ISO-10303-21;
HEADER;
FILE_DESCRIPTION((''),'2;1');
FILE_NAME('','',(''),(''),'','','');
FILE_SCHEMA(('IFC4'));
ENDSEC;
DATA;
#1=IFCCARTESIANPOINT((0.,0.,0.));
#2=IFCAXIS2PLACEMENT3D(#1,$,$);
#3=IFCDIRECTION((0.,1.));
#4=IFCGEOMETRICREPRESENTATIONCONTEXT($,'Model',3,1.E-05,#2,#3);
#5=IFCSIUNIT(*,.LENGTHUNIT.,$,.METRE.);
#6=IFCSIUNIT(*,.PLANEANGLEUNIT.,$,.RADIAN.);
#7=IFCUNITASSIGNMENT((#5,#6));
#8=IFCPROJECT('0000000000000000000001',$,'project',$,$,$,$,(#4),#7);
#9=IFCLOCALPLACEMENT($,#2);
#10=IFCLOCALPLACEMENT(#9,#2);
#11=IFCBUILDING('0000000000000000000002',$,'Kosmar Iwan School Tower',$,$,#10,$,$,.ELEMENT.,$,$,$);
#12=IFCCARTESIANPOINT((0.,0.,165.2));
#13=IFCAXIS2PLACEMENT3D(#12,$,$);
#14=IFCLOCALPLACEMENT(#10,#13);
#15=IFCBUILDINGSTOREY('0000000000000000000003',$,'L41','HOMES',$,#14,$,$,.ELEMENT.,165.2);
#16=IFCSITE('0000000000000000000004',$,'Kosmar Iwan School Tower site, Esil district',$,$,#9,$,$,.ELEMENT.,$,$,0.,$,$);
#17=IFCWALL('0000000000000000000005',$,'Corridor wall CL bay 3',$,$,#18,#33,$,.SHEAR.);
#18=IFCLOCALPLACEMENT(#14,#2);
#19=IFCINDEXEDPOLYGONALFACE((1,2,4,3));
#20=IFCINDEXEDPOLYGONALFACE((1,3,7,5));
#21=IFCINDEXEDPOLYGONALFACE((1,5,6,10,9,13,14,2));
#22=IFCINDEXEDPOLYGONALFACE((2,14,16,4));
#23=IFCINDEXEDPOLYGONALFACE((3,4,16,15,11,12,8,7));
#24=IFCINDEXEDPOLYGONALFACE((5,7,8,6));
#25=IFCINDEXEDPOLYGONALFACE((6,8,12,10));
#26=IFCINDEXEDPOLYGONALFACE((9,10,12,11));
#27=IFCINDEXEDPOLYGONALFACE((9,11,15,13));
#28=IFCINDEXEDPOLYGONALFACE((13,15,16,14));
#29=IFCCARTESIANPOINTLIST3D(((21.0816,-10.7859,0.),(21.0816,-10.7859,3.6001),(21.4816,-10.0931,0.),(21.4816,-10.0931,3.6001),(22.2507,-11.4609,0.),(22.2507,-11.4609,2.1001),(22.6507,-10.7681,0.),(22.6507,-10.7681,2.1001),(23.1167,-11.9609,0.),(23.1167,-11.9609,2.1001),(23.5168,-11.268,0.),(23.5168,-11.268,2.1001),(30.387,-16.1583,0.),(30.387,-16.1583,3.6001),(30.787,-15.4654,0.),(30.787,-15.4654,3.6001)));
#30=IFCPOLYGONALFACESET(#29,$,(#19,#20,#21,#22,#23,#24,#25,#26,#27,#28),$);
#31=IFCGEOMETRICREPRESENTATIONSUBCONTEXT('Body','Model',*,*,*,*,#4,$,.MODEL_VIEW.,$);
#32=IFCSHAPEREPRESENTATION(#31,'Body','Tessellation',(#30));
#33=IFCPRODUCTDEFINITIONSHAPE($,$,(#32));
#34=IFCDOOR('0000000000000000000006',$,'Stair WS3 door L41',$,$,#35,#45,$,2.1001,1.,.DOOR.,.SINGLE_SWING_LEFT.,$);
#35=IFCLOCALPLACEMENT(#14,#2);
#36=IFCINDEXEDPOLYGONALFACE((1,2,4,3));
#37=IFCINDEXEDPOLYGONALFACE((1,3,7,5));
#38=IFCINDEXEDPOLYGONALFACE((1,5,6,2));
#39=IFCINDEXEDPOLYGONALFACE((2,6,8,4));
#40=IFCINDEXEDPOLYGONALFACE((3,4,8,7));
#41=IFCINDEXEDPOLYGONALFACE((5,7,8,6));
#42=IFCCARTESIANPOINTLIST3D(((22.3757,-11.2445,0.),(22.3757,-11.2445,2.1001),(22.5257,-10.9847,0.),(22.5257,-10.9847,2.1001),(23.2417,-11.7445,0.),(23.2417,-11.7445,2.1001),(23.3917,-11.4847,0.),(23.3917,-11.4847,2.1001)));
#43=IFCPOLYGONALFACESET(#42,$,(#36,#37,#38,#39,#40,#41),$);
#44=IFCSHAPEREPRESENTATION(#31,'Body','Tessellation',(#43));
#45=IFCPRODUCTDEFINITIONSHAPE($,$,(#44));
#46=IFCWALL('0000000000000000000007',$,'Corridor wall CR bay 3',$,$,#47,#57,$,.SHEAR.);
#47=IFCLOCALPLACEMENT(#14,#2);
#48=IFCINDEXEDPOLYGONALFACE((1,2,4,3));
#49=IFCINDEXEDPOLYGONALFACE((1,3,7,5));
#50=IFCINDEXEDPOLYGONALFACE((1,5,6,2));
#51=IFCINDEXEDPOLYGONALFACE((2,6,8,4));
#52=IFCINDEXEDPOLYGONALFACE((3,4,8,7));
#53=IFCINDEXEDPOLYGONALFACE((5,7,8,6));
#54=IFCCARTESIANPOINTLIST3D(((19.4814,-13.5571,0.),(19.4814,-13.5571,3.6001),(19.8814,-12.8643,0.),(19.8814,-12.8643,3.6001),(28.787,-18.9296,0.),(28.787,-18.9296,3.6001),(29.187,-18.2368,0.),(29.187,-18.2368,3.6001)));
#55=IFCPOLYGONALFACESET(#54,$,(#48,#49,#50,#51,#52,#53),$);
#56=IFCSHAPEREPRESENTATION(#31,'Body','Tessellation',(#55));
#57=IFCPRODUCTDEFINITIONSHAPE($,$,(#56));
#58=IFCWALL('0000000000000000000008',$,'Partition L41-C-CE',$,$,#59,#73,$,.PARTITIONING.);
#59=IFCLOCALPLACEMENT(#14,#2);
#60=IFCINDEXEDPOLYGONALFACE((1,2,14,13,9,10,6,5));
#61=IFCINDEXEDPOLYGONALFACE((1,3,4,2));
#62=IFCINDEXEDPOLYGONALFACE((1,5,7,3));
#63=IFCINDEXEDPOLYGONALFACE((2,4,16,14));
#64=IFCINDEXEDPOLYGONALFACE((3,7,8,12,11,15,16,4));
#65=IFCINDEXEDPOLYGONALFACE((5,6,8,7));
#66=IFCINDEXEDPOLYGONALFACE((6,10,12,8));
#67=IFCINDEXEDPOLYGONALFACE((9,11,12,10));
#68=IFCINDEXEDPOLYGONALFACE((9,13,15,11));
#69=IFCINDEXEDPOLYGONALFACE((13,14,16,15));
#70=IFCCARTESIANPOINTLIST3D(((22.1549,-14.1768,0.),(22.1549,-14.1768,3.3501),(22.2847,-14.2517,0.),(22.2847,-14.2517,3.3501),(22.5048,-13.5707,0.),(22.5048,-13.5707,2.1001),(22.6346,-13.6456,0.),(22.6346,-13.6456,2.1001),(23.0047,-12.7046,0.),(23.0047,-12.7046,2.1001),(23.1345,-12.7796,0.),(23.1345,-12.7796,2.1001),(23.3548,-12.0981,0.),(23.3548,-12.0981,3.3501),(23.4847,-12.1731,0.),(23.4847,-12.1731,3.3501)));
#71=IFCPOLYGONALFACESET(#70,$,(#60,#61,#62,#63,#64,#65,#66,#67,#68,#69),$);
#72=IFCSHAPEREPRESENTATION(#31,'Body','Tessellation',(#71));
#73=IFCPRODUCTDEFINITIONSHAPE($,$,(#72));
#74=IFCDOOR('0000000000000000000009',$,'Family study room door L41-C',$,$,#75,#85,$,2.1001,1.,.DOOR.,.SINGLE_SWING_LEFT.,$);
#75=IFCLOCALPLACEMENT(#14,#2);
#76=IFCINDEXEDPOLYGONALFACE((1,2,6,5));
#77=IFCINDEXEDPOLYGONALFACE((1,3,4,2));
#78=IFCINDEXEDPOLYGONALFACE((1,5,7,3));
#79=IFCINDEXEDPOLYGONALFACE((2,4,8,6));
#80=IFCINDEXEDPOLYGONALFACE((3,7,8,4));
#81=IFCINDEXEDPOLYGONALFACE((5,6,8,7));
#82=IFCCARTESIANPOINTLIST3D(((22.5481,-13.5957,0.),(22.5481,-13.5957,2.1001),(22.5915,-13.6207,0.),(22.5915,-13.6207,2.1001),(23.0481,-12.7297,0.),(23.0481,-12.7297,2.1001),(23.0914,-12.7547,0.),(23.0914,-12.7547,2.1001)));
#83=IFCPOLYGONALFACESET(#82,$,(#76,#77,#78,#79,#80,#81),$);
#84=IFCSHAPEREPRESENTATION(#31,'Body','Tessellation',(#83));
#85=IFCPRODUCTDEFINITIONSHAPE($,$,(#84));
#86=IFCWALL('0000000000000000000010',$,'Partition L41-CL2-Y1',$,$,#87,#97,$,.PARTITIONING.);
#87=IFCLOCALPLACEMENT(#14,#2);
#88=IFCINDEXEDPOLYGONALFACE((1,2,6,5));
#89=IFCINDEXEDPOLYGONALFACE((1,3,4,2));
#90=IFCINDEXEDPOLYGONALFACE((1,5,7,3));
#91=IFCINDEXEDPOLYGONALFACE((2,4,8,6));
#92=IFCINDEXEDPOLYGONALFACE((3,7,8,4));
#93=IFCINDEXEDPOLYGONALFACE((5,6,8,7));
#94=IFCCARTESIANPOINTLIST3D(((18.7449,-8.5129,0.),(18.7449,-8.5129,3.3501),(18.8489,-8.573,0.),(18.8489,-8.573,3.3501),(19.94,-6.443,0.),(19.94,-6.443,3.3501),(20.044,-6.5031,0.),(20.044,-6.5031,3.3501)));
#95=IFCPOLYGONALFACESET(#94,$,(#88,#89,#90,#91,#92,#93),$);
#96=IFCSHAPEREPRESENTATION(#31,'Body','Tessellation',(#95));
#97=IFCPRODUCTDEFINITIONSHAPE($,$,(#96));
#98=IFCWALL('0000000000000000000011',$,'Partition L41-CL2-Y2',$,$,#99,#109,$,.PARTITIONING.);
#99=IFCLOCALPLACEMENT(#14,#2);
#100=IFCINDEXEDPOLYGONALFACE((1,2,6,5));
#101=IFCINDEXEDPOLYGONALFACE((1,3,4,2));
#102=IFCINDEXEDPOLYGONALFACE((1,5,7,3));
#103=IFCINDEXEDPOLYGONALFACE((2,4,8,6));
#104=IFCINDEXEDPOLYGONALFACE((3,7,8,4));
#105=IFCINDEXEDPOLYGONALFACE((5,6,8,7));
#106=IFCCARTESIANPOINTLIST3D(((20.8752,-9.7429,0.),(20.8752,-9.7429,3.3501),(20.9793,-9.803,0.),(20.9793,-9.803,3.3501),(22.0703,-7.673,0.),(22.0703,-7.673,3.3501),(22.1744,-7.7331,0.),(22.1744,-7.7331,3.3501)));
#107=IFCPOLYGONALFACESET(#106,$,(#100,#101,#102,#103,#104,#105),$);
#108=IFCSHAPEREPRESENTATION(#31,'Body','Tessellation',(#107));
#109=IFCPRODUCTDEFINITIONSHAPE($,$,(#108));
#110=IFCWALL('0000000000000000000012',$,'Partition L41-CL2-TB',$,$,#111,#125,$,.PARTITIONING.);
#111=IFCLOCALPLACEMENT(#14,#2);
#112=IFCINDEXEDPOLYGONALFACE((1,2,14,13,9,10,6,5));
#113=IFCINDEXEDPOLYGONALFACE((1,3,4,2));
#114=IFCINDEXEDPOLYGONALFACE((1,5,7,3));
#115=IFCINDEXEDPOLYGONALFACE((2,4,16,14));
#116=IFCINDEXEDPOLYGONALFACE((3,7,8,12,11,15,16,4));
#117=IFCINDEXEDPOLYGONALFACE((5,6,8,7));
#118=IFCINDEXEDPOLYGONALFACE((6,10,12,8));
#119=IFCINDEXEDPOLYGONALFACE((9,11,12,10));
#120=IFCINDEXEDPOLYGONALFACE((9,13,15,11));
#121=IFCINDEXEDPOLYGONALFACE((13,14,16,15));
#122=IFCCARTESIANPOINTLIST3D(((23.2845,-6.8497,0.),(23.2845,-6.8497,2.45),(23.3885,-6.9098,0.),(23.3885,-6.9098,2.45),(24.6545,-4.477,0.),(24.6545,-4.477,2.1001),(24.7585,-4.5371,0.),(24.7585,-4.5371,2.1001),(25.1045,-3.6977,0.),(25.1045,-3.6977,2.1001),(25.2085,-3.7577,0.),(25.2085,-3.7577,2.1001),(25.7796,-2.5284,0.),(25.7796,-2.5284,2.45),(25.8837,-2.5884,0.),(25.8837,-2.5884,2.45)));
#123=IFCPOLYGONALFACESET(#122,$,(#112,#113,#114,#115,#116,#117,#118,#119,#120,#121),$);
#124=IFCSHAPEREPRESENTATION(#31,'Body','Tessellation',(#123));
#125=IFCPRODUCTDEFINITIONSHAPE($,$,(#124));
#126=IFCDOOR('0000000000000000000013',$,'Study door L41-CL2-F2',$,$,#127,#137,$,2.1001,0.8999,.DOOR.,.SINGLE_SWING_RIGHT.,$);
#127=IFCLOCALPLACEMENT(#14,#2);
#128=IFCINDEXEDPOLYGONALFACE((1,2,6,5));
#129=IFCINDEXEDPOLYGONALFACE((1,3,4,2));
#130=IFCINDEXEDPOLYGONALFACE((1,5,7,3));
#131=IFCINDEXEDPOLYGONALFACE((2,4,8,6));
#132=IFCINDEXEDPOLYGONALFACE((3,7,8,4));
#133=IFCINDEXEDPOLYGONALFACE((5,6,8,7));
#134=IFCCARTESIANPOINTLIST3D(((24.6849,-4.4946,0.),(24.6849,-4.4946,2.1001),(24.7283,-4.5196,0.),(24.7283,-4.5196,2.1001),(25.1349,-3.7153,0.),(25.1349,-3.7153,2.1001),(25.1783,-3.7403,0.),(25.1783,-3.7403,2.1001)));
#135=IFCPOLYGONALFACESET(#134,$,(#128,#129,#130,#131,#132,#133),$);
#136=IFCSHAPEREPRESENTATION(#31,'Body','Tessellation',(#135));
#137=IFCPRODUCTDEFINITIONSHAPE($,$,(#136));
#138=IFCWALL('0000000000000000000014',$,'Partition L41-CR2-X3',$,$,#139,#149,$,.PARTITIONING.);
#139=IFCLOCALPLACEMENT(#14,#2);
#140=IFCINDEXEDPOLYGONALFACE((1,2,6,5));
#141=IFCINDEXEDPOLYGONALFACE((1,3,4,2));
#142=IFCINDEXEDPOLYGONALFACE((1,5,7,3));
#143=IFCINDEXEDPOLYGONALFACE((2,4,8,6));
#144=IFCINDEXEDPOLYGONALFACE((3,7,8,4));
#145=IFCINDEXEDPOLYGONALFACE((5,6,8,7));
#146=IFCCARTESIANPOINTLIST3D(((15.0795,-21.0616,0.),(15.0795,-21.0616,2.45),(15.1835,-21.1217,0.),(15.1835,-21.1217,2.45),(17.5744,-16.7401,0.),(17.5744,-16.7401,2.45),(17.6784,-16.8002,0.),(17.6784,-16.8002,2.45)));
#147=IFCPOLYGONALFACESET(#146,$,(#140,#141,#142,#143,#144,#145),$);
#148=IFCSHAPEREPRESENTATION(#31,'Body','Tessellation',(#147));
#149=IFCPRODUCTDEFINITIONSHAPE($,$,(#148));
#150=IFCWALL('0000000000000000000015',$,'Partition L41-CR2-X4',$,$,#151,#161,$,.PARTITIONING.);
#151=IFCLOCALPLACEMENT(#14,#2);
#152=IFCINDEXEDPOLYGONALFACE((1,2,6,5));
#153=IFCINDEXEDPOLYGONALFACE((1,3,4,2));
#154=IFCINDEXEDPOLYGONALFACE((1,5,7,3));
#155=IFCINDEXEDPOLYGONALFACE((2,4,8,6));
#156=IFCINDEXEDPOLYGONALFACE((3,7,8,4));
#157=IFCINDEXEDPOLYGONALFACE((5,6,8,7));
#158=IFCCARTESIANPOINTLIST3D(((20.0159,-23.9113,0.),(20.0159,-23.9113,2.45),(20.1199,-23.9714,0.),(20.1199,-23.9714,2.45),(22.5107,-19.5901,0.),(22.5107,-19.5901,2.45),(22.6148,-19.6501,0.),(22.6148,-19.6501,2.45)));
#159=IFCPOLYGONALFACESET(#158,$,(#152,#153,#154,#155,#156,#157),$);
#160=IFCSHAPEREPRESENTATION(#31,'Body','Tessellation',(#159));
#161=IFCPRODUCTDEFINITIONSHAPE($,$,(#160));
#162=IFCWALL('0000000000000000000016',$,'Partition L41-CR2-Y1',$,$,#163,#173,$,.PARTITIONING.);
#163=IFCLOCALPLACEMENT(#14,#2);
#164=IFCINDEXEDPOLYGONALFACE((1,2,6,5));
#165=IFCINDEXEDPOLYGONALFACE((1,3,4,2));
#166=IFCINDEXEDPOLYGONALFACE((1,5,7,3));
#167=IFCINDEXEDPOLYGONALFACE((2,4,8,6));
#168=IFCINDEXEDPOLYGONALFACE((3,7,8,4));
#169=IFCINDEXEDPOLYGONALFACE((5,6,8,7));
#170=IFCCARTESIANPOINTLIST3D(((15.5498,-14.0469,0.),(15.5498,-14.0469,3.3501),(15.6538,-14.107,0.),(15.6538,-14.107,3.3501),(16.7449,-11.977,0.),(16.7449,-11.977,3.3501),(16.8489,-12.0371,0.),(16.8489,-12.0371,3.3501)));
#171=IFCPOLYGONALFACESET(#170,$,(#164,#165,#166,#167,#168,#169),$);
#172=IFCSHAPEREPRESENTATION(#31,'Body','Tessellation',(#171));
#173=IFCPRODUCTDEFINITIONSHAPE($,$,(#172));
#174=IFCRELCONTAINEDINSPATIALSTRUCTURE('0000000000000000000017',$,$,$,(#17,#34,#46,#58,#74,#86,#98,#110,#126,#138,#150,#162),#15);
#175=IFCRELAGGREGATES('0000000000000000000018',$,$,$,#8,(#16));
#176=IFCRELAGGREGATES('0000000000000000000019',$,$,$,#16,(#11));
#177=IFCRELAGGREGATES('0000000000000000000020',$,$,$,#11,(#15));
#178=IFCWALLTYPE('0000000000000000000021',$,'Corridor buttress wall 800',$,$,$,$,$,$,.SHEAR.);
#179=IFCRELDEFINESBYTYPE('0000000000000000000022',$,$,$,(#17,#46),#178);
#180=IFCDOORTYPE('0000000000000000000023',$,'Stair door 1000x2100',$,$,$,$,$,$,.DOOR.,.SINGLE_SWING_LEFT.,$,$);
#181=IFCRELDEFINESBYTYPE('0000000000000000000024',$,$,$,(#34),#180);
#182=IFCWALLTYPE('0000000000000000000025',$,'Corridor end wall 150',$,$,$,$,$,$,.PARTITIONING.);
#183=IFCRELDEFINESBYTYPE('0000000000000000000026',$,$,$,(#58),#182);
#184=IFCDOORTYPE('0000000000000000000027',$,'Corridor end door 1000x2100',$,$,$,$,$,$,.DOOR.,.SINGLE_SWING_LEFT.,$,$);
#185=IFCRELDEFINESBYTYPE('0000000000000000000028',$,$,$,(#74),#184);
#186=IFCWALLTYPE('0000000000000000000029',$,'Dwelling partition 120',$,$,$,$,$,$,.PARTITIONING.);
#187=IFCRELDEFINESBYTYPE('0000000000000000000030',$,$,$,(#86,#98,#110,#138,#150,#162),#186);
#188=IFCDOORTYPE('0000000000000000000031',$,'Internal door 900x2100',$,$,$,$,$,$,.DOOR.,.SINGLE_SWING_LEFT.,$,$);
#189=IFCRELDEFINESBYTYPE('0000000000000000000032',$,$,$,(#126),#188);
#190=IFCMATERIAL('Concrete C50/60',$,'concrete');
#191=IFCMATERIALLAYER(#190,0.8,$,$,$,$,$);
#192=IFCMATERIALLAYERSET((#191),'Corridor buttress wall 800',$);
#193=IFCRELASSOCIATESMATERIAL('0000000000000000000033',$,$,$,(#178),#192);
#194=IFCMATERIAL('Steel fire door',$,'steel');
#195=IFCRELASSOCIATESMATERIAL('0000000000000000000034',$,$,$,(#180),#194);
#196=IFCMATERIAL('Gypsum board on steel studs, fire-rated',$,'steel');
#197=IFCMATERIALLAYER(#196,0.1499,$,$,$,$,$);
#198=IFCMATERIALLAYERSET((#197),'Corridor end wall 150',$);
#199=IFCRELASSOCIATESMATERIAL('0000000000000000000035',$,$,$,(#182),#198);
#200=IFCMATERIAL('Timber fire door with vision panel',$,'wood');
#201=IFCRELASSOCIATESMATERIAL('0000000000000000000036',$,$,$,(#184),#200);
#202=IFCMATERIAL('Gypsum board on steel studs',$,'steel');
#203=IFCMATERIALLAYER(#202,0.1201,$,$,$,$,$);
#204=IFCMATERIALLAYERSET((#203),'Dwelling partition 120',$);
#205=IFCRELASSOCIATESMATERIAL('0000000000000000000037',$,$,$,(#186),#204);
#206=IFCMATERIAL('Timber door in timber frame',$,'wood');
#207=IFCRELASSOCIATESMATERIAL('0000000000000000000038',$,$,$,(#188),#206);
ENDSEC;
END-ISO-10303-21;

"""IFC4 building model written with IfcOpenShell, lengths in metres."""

from ifc_helpers import new_model, si_unit, direction, frame, frame_2d, origin, place, context, subcontext, project, spatial, rectangle, extrude, material, layer, layer_set, type_object, element, fill, save


model = new_model("IFC4")

# Units and contexts
model_context = context("Model", 3, precision=1e-05, world=origin(), true_north=direction((0.0, 1.0)))
body_context = subcontext(model_context, "Body", "Model", "MODEL_VIEW")
ifc_project = project(units=[si_unit("LENGTHUNIT", "METRE"), si_unit("PLANEANGLEUNIT", "RADIAN")], contexts=[model_context])

# Site, building, storey
site_placement = place(None, origin())
site = spatial("IfcSite", under=ifc_project, at=site_placement, Name="Kosmar Iwan School Tower site, Esil district", CompositionType="ELEMENT", RefElevation=0.0)
building_placement = place(site_placement, origin())
building = spatial("IfcBuilding", under=site, at=building_placement, Name="Kosmar Iwan School Tower", CompositionType="ELEMENT")
storey_placement = place(building_placement, frame((0.0, 0.0, 165.2)))
storey = spatial("IfcBuildingStorey", under=building, at=storey_placement, Name="L41", Description="HOMES", CompositionType="ELEMENT", Elevation=165.2)

# Wall, opening, door
ifc_material_1 = material(Name="Concrete C50/60", Category="concrete")
ifc_layer_1 = layer(ifc_material_1, 0.8)
ifc_layer_set_1 = layer_set([ifc_layer_1], Name="Corridor buttress wall 800")
wall_type_1 = type_object("IfcWallType", Name="Corridor buttress wall 800", PredefinedType="SHEAR", material=ifc_layer_set_1)
wall_1_placement = place(storey_placement, frame((21.2815, -10.4395, 0.0), z_axis=(0.0, 0.0, 1.0), x_axis=(0.866032, -0.499988, 0.0)))
wall_1 = element("IfcWall", 1, at=wall_1_placement, inside=storey, type_object=wall_type_1, Name="Corridor wall CL bay 3", PredefinedType="SHEAR", context=body_context, shape_type="SweptSolid", body=[
    extrude(rectangle(XDim=10.7449, YDim=0.8, at=frame_2d((5.3726, 0.0))), origin(), (0.0, 0.0, 1.0), 3.6001),
])
opening_1_placement = place(wall_1_placement, frame((1.3501, 0.0, 0.0)))
opening_1 = element("IfcOpeningElement", 2, at=opening_1_placement, cuts=wall_1, PredefinedType="OPENING", context=body_context, shape_type="SweptSolid", body=[
    extrude(rectangle(XDim=1.0, YDim=2.1001, at=frame_2d((0.5, 1.05))), frame((0.0, 0.4121, 0.0), z_axis=(0.0, -1.0, 0.0), x_axis=(1.0, 0.0, 0.0)), (0.0, 0.0, 1.0), 0.824),
])
ifc_material_2 = material(Name="Steel fire door", Category="steel")
door_type_1 = type_object("IfcDoorType", Name="Stair door 1000x2100", OperationType="SINGLE_SWING_LEFT", PredefinedType="DOOR", material=ifc_material_2)
door_1_placement = place(opening_1_placement, origin())
door_1 = element("IfcDoor", 3, at=door_1_placement, inside=storey, type_object=door_type_1, Name="Stair WS3 door L41", OperationType="SINGLE_SWING_LEFT", OverallHeight=2.1001, OverallWidth=1.0, PredefinedType="DOOR", context=body_context, shape_type="SweptSolid", body=[
    extrude(rectangle(XDim=1.0, YDim=2.1001, at=frame_2d((0.5, 1.05))), frame((0.0, 0.1499, 0.0), z_axis=(0.0, -1.0, 0.0), x_axis=(1.0, 0.0, 0.0)), (0.0, 0.0, 1.0), 0.3),
])
fill(opening_1, door_1)

# Wall
wall_2_placement = place(storey_placement, frame((19.6814, -13.2107, 0.0), z_axis=(0.0, 0.0, 1.0), x_axis=(0.866028, -0.499995, 0.0)))
element("IfcWall", 4, at=wall_2_placement, inside=storey, type_object=wall_type_1, Name="Corridor wall CR bay 3", PredefinedType="SHEAR", context=body_context, shape_type="SweptSolid", body=[
    extrude(rectangle(XDim=10.7451, YDim=0.8, at=frame_2d((5.3726, 0.0))), origin(), (0.0, 0.0, 1.0), 3.6001),
])

# Wall, opening, door
ifc_material_3 = material(Name="Gypsum board on steel studs, fire-rated", Category="steel")
ifc_layer_2 = layer(ifc_material_3, 0.1499)
ifc_layer_set_2 = layer_set([ifc_layer_2], Name="Corridor end wall 150")
wall_type_2 = type_object("IfcWallType", Name="Corridor end wall 150", PredefinedType="PARTITIONING", material=ifc_layer_set_2)
wall_3_placement = place(storey_placement, frame((22.2197, -14.2144, 0.0), z_axis=(0.0, 0.0, 1.0), x_axis=(0.499957, 0.86605, 0.0)))
wall_3 = element("IfcWall", 5, at=wall_3_placement, inside=storey, type_object=wall_type_2, Name="Partition L41-C-CE", PredefinedType="PARTITIONING", context=body_context, shape_type="SweptSolid", body=[
    extrude(rectangle(XDim=2.4001, YDim=0.1499, at=frame_2d((1.2002, 0.0))), origin(), (0.0, 0.0, 1.0), 3.3501),
])
opening_2_placement = place(wall_3_placement, frame((0.7, 0.0, 0.0)))
opening_2 = element("IfcOpeningElement", 6, at=opening_2_placement, cuts=wall_3, PredefinedType="OPENING", context=body_context, shape_type="SweptSolid", body=[
    extrude(rectangle(XDim=1.0, YDim=2.1001, at=frame_2d((0.5, 1.05))), frame((0.0, 0.0869, 0.0), z_axis=(0.0, -1.0, 0.0), x_axis=(1.0, 0.0, 0.0)), (0.0, 0.0, 1.0), 0.1738),
])
ifc_material_4 = material(Name="Timber fire door with vision panel", Category="wood")
door_type_2 = type_object("IfcDoorType", Name="Corridor end door 1000x2100", OperationType="SINGLE_SWING_LEFT", PredefinedType="DOOR", material=ifc_material_4)
door_2_placement = place(opening_2_placement, origin())
door_2 = element("IfcDoor", 7, at=door_2_placement, inside=storey, type_object=door_type_2, Name="Family study room door L41-C", OperationType="SINGLE_SWING_LEFT", OverallHeight=2.1001, OverallWidth=1.0, PredefinedType="DOOR", context=body_context, shape_type="SweptSolid", body=[
    extrude(rectangle(XDim=1.0, YDim=2.1001, at=frame_2d((0.5, 1.05))), frame((0.0, 0.0249, 0.0), z_axis=(0.0, -1.0, 0.0), x_axis=(1.0, 0.0, 0.0)), (0.0, 0.0, 1.0), 0.05),
])
fill(opening_2, door_2)

# Walls
ifc_material_5 = material(Name="Gypsum board on steel studs", Category="steel")
ifc_layer_3 = layer(ifc_material_5, 0.1201)
ifc_layer_set_3 = layer_set([ifc_layer_3], Name="Dwelling partition 120")
wall_type_3 = type_object("IfcWallType", Name="Dwelling partition 120", PredefinedType="PARTITIONING", material=ifc_layer_set_3)
for number, where, z_axis, x_axis, name in (
    (8, (18.7969, -8.543, 0.0), (0.0, 0.0, 1.0), (0.500017, 0.866015, 0.0), "Partition L41-CL2-Y1"),
    (9, (20.9272, -9.7729, 0.0), (0.0, 0.0, 1.0), (0.500017, 0.866015, 0.0), "Partition L41-CL2-Y2"),
):
    element("IfcWall", number, at=place(storey_placement, frame(where, z_axis=z_axis, x_axis=x_axis)), inside=storey, type_object=wall_type_3, Name=name, PredefinedType="PARTITIONING", context=body_context, shape_type="SweptSolid", body=[
        extrude(rectangle(XDim=2.3901, YDim=0.1201, at=frame_2d((1.1951, 0.0))), origin(), (0.0, 0.0, 1.0), 3.3501),
    ])

# Wall, opening, door
wall_4_placement = place(storey_placement, frame((23.3364, -6.8799, 0.0), z_axis=(0.0, 0.0, 1.0), x_axis=(0.500033, 0.866006, 0.0)))
wall_4 = element("IfcWall", 10, at=wall_4_placement, inside=storey, type_object=wall_type_3, Name="Partition L41-CL2-TB", PredefinedType="PARTITIONING", context=body_context, shape_type="SweptSolid", body=[
    extrude(rectangle(XDim=4.99, YDim=0.1201, at=frame_2d((2.4951, 0.0))), origin(), (0.0, 0.0, 1.0), 2.45),
])
opening_3_placement = place(wall_4_placement, frame((2.74, 0.0, 0.0)))
opening_3 = element("IfcOpeningElement", 11, at=opening_3_placement, cuts=wall_4, PredefinedType="OPENING", context=body_context, shape_type="SweptSolid", body=[
    extrude(rectangle(XDim=0.8999, YDim=2.1001, at=frame_2d((0.45, 1.05))), frame((0.0, 0.072, 0.0), z_axis=(0.0, -1.0, 0.0), x_axis=(1.0, 0.0, 0.0)), (0.0, 0.0, 1.0), 0.144),
])
ifc_material_6 = material(Name="Timber door in timber frame", Category="wood")
door_type_3 = type_object("IfcDoorType", Name="Internal door 900x2100", OperationType="SINGLE_SWING_LEFT", PredefinedType="DOOR", material=ifc_material_6)
door_3_placement = place(opening_3_placement, origin())
door_3 = element("IfcDoor", 12, at=door_3_placement, inside=storey, type_object=door_type_3, Name="Study door L41-CL2-F2", OperationType="SINGLE_SWING_RIGHT", OverallHeight=2.1001, OverallWidth=0.8999, PredefinedType="DOOR", context=body_context, shape_type="SweptSolid", body=[
    extrude(rectangle(XDim=0.8999, YDim=2.1001, at=frame_2d((0.45, 1.05))), frame((0.0, 0.0249, 0.0), z_axis=(0.0, -1.0, 0.0), x_axis=(1.0, 0.0, 0.0)), (0.0, 0.0, 1.0), 0.05),
])
fill(opening_3, door_3)

# Walls
wall_5_placement = place(storey_placement, frame((17.6265, -16.77, 0.0), z_axis=(0.0, 0.0, 1.0), x_axis=(-0.499975, -0.86604, 0.0)))
element("IfcWall", 13, at=wall_5_placement, inside=storey, type_object=wall_type_3, Name="Partition L41-CR2-X3", PredefinedType="PARTITIONING", context=body_context, shape_type="SweptSolid", body=[
    extrude(rectangle(XDim=4.99, YDim=0.1201, at=frame_2d((2.4951, 0.0))), origin(), (0.0, 0.0, 1.0), 2.45),
])
wall_6_placement = place(storey_placement, frame((22.5627, -19.6201, 0.0), z_axis=(0.0, 0.0, 1.0), x_axis=(-0.499996, -0.866028, 0.0)))
element("IfcWall", 14, at=wall_6_placement, inside=storey, type_object=wall_type_3, Name="Partition L41-CR2-X4", PredefinedType="PARTITIONING", context=body_context, shape_type="SweptSolid", body=[
    extrude(rectangle(XDim=4.9897, YDim=0.1201, at=frame_2d((2.4949, 0.0))), origin(), (0.0, 0.0, 1.0), 2.45),
])
wall_7_placement = place(storey_placement, frame((16.7969, -12.0071, 0.0), z_axis=(0.0, 0.0, 1.0), x_axis=(-0.500017, -0.866015, 0.0)))
element("IfcWall", 15, at=wall_7_placement, inside=storey, type_object=wall_type_3, Name="Partition L41-CR2-Y1", PredefinedType="PARTITIONING", context=body_context, shape_type="SweptSolid", body=[
    extrude(rectangle(XDim=2.3901, YDim=0.1201, at=frame_2d((1.1951, 0.0))), origin(), (0.0, 0.0, 1.0), 3.3501),
])

save(model, "model.ifc")
